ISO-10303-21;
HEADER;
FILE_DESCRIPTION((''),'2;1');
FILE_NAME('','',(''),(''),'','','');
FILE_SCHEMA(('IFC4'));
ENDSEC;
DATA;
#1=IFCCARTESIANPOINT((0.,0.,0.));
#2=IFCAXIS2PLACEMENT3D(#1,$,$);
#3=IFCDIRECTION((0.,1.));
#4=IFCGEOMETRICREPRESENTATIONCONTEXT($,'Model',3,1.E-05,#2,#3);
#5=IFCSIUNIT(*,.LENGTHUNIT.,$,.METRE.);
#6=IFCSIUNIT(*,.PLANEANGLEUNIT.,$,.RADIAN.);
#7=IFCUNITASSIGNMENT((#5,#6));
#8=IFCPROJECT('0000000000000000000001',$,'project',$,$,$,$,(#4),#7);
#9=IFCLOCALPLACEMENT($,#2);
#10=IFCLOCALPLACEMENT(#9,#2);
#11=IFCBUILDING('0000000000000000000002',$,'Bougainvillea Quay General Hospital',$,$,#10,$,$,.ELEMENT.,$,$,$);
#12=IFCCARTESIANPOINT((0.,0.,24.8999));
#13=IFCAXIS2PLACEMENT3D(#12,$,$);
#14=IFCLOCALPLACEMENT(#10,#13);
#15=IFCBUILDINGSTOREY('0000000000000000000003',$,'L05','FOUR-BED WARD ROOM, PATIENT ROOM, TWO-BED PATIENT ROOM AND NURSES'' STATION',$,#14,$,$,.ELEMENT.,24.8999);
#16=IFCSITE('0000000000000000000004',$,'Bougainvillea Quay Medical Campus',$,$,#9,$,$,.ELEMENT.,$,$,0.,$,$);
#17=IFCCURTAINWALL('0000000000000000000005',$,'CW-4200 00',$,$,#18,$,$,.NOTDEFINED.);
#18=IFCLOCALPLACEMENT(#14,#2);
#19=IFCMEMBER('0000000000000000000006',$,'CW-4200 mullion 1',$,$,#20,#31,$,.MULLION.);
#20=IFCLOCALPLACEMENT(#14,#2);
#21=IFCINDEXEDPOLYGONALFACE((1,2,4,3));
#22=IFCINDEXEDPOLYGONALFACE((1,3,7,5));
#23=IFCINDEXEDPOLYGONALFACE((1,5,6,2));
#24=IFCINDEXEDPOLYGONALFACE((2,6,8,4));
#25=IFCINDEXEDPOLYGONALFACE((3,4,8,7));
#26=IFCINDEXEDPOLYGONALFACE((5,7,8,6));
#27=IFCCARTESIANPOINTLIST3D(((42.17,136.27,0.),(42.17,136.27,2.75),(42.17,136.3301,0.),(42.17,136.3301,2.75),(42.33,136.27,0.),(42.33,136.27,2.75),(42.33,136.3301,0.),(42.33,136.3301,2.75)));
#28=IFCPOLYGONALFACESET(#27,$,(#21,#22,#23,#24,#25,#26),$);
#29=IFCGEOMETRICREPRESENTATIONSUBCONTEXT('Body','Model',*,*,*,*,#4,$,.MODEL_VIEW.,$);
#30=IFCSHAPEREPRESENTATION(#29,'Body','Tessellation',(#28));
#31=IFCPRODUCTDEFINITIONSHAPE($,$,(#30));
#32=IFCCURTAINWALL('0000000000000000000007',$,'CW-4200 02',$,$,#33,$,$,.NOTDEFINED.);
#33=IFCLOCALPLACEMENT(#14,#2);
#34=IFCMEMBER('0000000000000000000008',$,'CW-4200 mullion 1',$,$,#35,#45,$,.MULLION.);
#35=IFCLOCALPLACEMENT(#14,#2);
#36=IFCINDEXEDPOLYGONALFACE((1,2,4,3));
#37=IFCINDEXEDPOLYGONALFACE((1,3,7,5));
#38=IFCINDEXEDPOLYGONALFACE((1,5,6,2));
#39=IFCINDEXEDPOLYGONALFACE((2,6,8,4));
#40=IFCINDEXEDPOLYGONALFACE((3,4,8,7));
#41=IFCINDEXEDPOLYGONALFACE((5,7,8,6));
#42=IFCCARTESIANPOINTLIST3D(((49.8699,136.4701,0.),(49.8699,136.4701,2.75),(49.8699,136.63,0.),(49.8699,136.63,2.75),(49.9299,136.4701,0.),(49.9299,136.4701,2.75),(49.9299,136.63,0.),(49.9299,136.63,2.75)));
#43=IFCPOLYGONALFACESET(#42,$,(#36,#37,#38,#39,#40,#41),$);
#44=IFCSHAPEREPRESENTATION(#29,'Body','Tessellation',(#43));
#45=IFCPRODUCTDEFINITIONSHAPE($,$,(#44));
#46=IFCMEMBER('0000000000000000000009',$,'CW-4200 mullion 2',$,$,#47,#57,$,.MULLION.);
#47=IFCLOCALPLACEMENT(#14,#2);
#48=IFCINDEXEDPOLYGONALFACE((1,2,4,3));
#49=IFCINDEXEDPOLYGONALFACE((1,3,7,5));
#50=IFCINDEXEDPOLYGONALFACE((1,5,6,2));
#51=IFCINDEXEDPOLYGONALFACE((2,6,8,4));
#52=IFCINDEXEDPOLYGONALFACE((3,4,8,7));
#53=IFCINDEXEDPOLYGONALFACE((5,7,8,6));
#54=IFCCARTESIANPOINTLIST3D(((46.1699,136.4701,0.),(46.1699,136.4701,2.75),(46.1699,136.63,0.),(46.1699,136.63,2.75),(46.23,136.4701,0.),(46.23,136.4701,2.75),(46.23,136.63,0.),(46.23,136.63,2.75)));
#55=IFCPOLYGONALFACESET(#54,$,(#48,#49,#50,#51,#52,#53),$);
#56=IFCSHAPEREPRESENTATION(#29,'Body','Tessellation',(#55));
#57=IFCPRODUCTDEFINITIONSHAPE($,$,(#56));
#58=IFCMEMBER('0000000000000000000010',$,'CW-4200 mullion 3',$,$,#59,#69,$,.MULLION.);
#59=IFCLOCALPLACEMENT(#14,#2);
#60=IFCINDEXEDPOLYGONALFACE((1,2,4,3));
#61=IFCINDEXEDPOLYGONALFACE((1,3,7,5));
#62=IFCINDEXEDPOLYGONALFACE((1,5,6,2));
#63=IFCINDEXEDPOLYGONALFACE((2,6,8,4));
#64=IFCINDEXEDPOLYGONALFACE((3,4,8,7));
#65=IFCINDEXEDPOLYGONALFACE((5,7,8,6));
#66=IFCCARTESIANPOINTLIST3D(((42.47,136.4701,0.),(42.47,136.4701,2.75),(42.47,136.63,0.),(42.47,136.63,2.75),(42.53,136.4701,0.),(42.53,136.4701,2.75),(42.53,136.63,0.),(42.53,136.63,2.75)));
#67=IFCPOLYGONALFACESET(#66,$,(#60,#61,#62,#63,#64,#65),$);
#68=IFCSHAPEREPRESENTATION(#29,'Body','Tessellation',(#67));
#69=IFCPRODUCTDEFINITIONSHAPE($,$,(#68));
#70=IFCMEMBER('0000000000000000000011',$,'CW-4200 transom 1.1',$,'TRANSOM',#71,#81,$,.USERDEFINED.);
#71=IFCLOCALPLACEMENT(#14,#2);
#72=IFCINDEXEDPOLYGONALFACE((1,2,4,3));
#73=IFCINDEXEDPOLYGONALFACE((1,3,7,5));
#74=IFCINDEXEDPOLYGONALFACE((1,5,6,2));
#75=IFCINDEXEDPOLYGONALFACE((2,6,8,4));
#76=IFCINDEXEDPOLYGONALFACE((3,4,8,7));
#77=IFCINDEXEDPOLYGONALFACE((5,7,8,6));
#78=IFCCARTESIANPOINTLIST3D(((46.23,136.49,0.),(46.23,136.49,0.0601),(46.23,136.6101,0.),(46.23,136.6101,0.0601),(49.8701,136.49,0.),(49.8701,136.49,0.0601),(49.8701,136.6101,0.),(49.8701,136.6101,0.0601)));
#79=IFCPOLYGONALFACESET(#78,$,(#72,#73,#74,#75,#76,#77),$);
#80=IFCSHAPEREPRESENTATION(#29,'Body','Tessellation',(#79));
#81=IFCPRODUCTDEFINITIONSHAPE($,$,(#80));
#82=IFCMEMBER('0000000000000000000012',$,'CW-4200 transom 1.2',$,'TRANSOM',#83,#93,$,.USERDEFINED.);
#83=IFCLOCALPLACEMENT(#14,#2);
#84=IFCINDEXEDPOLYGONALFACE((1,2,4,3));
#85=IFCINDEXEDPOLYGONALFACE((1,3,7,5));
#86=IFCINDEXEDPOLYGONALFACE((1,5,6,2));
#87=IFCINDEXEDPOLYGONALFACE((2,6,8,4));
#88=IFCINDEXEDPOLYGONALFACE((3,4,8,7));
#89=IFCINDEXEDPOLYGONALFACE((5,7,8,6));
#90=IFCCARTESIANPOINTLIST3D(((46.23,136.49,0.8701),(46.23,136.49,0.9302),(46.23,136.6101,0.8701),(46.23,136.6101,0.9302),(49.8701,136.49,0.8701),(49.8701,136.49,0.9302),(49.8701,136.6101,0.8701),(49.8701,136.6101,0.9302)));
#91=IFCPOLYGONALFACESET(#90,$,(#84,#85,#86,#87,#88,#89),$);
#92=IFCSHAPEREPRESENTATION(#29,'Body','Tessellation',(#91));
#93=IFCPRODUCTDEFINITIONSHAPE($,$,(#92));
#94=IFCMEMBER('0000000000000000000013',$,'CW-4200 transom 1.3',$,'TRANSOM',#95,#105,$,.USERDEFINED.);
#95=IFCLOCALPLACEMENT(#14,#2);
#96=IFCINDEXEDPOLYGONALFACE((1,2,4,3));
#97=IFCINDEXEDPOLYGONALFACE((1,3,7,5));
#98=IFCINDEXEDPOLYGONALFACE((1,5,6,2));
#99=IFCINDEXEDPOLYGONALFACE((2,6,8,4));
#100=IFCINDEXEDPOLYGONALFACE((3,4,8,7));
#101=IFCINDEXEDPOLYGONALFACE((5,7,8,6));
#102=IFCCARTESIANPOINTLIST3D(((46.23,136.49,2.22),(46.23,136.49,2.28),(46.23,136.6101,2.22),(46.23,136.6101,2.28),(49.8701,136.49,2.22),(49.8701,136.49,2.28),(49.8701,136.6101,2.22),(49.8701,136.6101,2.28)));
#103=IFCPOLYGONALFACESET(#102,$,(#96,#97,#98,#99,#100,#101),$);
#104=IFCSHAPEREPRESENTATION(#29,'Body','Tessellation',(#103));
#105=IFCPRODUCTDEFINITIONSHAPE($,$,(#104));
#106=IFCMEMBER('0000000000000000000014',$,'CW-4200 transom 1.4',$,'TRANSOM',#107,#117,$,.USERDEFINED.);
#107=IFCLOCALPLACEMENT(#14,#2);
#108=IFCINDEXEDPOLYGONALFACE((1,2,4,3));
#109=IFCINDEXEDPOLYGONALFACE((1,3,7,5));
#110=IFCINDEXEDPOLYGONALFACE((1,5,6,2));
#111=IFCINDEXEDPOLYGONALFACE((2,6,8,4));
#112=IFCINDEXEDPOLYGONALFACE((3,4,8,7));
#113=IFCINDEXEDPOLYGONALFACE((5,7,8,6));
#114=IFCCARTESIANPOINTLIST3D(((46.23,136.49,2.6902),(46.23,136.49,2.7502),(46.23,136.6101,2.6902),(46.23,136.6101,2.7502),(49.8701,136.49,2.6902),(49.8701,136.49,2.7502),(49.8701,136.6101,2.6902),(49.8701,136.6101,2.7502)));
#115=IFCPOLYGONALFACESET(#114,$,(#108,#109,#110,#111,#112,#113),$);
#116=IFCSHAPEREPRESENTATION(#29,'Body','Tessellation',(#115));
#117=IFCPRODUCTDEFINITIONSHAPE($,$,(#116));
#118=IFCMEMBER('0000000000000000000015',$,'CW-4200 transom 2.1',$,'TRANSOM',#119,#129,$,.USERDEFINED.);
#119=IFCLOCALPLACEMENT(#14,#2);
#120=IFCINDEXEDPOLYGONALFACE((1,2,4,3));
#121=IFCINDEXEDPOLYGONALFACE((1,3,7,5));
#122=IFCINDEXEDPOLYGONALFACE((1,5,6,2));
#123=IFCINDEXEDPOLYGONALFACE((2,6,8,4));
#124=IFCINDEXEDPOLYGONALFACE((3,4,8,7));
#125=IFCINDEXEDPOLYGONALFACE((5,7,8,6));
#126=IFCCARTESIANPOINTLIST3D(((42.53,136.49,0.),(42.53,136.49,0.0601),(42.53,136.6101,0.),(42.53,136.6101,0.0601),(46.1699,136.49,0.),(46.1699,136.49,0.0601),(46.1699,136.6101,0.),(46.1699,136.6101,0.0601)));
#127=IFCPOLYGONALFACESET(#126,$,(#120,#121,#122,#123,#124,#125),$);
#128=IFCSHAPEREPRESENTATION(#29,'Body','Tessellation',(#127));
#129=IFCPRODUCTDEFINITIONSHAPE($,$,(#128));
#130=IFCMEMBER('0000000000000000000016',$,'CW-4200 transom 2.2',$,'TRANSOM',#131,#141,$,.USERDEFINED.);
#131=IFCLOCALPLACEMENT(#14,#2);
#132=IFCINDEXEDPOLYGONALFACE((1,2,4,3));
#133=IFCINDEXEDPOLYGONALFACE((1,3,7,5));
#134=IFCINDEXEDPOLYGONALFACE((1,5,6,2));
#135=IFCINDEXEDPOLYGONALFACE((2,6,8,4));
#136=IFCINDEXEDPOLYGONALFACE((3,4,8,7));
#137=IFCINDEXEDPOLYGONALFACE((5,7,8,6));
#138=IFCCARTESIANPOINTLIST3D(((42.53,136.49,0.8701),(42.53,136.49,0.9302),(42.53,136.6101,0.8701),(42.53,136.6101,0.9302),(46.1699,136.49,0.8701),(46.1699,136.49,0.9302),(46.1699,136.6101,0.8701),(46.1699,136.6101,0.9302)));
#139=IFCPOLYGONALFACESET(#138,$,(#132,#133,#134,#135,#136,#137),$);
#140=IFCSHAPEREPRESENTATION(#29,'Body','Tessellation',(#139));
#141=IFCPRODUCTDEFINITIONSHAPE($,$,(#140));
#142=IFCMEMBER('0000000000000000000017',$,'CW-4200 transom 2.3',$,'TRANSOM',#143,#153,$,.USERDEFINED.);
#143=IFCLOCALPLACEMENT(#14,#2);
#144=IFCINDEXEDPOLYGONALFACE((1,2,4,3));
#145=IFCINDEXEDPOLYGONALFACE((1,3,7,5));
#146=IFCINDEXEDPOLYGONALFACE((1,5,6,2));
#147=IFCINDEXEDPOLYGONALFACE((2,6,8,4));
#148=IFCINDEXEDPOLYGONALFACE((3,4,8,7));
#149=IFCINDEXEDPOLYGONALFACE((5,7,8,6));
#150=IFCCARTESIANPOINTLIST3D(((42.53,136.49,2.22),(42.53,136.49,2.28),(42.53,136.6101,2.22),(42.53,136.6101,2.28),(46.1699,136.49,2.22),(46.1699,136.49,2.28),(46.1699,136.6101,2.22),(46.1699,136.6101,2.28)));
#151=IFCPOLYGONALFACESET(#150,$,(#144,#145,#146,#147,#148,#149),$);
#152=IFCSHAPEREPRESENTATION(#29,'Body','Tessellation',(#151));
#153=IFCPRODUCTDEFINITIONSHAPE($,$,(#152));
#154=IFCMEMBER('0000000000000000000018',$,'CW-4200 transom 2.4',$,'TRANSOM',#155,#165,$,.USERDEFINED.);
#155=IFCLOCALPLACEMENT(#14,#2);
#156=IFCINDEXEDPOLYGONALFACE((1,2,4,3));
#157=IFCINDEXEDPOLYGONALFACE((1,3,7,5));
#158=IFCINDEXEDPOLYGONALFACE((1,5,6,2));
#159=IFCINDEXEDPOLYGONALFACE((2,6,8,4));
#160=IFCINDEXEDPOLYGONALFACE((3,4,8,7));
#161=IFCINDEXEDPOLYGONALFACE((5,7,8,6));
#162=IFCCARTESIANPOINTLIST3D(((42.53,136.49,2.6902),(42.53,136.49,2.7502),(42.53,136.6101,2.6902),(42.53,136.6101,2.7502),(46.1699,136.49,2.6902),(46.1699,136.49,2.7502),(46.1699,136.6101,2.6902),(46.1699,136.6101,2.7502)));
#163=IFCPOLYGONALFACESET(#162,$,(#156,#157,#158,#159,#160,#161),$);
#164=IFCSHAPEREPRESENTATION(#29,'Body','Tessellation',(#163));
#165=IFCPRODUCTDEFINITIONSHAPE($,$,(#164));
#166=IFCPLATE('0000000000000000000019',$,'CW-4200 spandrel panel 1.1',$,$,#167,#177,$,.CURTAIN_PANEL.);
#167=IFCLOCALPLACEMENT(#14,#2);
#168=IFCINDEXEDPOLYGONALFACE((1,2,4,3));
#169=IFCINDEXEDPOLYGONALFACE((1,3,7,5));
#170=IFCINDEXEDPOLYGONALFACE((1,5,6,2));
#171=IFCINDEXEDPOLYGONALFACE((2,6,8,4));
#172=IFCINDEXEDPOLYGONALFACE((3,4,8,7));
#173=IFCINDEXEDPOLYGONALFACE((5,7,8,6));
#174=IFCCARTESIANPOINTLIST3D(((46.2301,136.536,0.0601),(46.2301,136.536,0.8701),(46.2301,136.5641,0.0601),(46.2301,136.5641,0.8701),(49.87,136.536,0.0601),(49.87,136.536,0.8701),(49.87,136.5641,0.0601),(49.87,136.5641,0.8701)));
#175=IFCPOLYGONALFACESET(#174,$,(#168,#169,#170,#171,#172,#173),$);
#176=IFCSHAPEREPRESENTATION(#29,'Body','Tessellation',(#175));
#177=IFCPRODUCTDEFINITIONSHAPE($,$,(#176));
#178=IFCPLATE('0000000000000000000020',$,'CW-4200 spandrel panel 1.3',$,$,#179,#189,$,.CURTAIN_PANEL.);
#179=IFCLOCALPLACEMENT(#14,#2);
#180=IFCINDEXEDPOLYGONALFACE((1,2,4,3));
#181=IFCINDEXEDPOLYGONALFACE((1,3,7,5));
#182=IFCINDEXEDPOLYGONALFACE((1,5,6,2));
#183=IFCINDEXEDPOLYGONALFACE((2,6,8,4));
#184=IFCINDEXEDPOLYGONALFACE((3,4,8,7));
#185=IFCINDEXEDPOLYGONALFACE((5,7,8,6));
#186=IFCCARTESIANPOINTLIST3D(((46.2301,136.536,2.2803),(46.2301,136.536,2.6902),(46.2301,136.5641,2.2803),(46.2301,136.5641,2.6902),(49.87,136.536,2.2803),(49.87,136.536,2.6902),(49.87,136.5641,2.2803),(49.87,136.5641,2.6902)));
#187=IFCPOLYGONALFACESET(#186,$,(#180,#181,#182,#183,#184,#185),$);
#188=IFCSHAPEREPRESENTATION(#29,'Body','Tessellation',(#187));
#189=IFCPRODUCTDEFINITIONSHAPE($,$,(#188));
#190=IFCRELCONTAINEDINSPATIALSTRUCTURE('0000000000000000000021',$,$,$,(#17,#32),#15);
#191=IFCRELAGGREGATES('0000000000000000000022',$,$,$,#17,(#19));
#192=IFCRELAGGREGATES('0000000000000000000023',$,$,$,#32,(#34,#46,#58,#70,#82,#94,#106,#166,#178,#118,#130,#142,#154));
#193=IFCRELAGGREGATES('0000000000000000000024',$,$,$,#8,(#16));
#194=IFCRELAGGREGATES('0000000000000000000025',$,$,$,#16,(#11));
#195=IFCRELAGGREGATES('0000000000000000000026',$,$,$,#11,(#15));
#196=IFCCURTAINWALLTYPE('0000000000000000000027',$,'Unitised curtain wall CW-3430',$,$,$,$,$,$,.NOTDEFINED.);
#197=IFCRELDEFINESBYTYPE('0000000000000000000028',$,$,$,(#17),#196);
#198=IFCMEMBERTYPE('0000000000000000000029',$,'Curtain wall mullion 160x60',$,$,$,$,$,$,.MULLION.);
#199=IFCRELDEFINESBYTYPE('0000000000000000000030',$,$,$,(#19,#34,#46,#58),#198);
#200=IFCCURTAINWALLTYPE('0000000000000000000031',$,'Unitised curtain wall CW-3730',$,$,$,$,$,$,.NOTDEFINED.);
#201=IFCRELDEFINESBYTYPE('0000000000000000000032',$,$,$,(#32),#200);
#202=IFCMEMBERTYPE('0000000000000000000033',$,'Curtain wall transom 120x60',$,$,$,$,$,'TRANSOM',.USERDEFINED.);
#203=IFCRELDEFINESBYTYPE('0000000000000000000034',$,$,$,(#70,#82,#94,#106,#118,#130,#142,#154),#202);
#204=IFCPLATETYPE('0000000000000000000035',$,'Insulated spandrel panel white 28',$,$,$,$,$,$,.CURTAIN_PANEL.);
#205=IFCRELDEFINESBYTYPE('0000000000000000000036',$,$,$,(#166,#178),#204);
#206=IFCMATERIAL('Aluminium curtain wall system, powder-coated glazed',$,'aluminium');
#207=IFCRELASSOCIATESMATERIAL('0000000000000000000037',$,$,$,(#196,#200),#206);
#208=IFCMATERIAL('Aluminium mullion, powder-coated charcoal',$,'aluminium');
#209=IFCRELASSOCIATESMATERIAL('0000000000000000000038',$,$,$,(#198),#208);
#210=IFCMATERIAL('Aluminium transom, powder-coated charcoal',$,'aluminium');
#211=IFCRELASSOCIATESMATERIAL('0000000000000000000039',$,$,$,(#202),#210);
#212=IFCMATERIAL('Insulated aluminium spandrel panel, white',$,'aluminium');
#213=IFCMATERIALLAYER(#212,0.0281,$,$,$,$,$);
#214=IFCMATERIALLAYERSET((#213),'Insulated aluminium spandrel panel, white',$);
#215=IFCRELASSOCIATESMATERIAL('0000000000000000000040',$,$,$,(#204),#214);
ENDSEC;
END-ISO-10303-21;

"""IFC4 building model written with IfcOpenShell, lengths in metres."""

from ifc_helpers import new_model, si_unit, direction, frame, origin, origin_2d, place, context, subcontext, project, spatial, rectangle, extrude, material, layer, layer_set, material_profile, profile_set, type_object, element, aggregate, save


model = new_model("IFC4")

# Units and contexts
model_context = context("Model", 3, precision=1e-05, world=origin(), true_north=direction((0.0, 1.0)))
body_context = subcontext(model_context, "Body", "Model", "MODEL_VIEW")
ifc_project = project(units=[si_unit("LENGTHUNIT", "METRE"), si_unit("PLANEANGLEUNIT", "RADIAN")], contexts=[model_context])

# Site, building, storey
site_placement = place(None, origin())
site = spatial("IfcSite", under=ifc_project, at=site_placement, Name="Bougainvillea Quay Medical Campus", CompositionType="ELEMENT", RefElevation=0.0)
building_placement = place(site_placement, origin())
building = spatial("IfcBuilding", under=site, at=building_placement, Name="Bougainvillea Quay General Hospital", CompositionType="ELEMENT")
storey_placement = place(building_placement, frame((0.0, 0.0, 24.8999)))
storey = spatial("IfcBuildingStorey", under=building, at=storey_placement, Name="L05", Description="FOUR-BED WARD ROOM, PATIENT ROOM, TWO-BED PATIENT ROOM AND NURSES' STATION", CompositionType="ELEMENT", Elevation=24.8999)

# Curtain wall, member
ifc_material_1 = material(Name="Aluminium curtain wall system, powder-coated glazed", Category="aluminium")
curtain_wall_type_1 = type_object("IfcCurtainWallType", Name="Unitised curtain wall CW-3430", PredefinedType="NOTDEFINED", material=ifc_material_1)
curtain_wall_1_placement = place(storey_placement, origin())
curtain_wall_1 = element("IfcCurtainWall", 1, at=curtain_wall_1_placement, inside=storey, type_object=curtain_wall_type_1, Name="CW-4200 00", PredefinedType="NOTDEFINED")
ifc_material_2 = material(Name="Aluminium mullion, powder-coated charcoal", Category="aluminium")
ifc_material_profile_1 = material_profile(ifc_material_2, rectangle(XDim=0.1599, YDim=0.0601, at=origin_2d()))
ifc_profile_set_1 = profile_set([ifc_material_profile_1], Name="Aluminium mullion, powder-coated charcoal")
member_type_1 = type_object("IfcMemberType", Name="Curtain wall mullion 160x60", PredefinedType="MULLION", material=ifc_profile_set_1)
member_1_placement = place(storey_placement, frame((42.25, 136.3, 0.0), z_axis=(0.0, 0.0, 1.0), x_axis=(1.0, 0.0, 0.0)))
member_1 = element("IfcMember", 2, at=member_1_placement, type_object=member_type_1, Name="CW-4200 mullion 1", PredefinedType="MULLION", context=body_context, shape_type="SweptSolid", body=[
    extrude(rectangle(XDim=0.1599, YDim=0.0601, at=origin_2d()), origin(), (0.0, 0.0, 1.0), 2.75),
])
aggregate(curtain_wall_1, [member_1])

# Curtain wall, members, plates
curtain_wall_type_2 = type_object("IfcCurtainWallType", Name="Unitised curtain wall CW-3730", PredefinedType="NOTDEFINED", material=ifc_material_1)
curtain_wall_2_placement = place(storey_placement, origin())
curtain_wall_2 = element("IfcCurtainWall", 3, at=curtain_wall_2_placement, inside=storey, type_object=curtain_wall_type_2, Name="CW-4200 02", PredefinedType="NOTDEFINED")
member_2_placement = place(storey_placement, frame((49.8999, 136.55, 0.0), z_axis=(0.0, 0.0, 1.0), x_axis=(0.0, -1.0, 0.0)))
member_2 = element("IfcMember", 4, at=member_2_placement, type_object=member_type_1, Name="CW-4200 mullion 1", PredefinedType="MULLION", context=body_context, shape_type="SweptSolid", body=[
    extrude(rectangle(XDim=0.1599, YDim=0.0601, at=origin_2d()), origin(), (0.0, 0.0, 1.0), 2.75),
])
member_3_placement = place(storey_placement, frame((46.2, 136.55, 0.0), z_axis=(0.0, 0.0, 1.0), x_axis=(0.0, -1.0, 0.0)))
member_3 = element("IfcMember", 5, at=member_3_placement, type_object=member_type_1, Name="CW-4200 mullion 2", PredefinedType="MULLION", context=body_context, shape_type="SweptSolid", body=[
    extrude(rectangle(XDim=0.1599, YDim=0.0601, at=origin_2d()), origin(), (0.0, 0.0, 1.0), 2.75),
])
member_4_placement = place(storey_placement, frame((42.5, 136.55, 0.0), z_axis=(0.0, 0.0, 1.0), x_axis=(0.0, -1.0, 0.0)))
member_4 = element("IfcMember", 6, at=member_4_placement, type_object=member_type_1, Name="CW-4200 mullion 3", PredefinedType="MULLION", context=body_context, shape_type="SweptSolid", body=[
    extrude(rectangle(XDim=0.1599, YDim=0.0601, at=origin_2d()), origin(), (0.0, 0.0, 1.0), 2.75),
])
ifc_material_3 = material(Name="Aluminium transom, powder-coated charcoal", Category="aluminium")
ifc_material_profile_2 = material_profile(ifc_material_3, rectangle(XDim=0.1201, YDim=0.0601, at=origin_2d()))
ifc_profile_set_2 = profile_set([ifc_material_profile_2], Name="Aluminium transom, powder-coated charcoal")
member_type_2 = type_object("IfcMemberType", Name="Curtain wall transom 120x60", ElementType="TRANSOM", PredefinedType="USERDEFINED", material=ifc_profile_set_2)
member_5_placement = place(storey_placement, frame((49.8701, 136.55, 0.03), z_axis=(-1.0, 0.0, 0.0), x_axis=(0.0, -1.0, 0.0)))
member_5 = element("IfcMember", 7, at=member_5_placement, type_object=member_type_2, Name="CW-4200 transom 1.1", ObjectType="TRANSOM", PredefinedType="USERDEFINED", context=body_context, shape_type="SweptSolid", body=[
    extrude(rectangle(XDim=0.1201, YDim=0.0601, at=origin_2d()), origin(), (0.0, 0.0, 1.0), 3.6401),
])
member_6_placement = place(storey_placement, frame((49.8701, 136.55, 0.9001), z_axis=(-1.0, 0.0, 0.0), x_axis=(0.0, -1.0, 0.0)))
member_6 = element("IfcMember", 8, at=member_6_placement, type_object=member_type_2, Name="CW-4200 transom 1.2", ObjectType="TRANSOM", PredefinedType="USERDEFINED", context=body_context, shape_type="SweptSolid", body=[
    extrude(rectangle(XDim=0.1201, YDim=0.0601, at=origin_2d()), origin(), (0.0, 0.0, 1.0), 3.6401),
])
member_7_placement = place(storey_placement, frame((49.8701, 136.55, 2.25), z_axis=(-1.0, 0.0, 0.0), x_axis=(0.0, -1.0, 0.0)))
member_7 = element("IfcMember", 9, at=member_7_placement, type_object=member_type_2, Name="CW-4200 transom 1.3", ObjectType="TRANSOM", PredefinedType="USERDEFINED", context=body_context, shape_type="SweptSolid", body=[
    extrude(rectangle(XDim=0.1201, YDim=0.0601, at=origin_2d()), origin(), (0.0, 0.0, 1.0), 3.6401),
])
member_8_placement = place(storey_placement, frame((49.8701, 136.55, 2.7202), z_axis=(-1.0, 0.0, 0.0), x_axis=(0.0, -1.0, 0.0)))
member_8 = element("IfcMember", 10, at=member_8_placement, type_object=member_type_2, Name="CW-4200 transom 1.4", ObjectType="TRANSOM", PredefinedType="USERDEFINED", context=body_context, shape_type="SweptSolid", body=[
    extrude(rectangle(XDim=0.1201, YDim=0.0601, at=origin_2d()), origin(), (0.0, 0.0, 1.0), 3.6401),
])
member_9_placement = place(storey_placement, frame((46.1699, 136.55, 0.03), z_axis=(-1.0, 0.0, 0.0), x_axis=(0.0, -1.0, 0.0)))
member_9 = element("IfcMember", 11, at=member_9_placement, type_object=member_type_2, Name="CW-4200 transom 2.1", ObjectType="TRANSOM", PredefinedType="USERDEFINED", context=body_context, shape_type="SweptSolid", body=[
    extrude(rectangle(XDim=0.1201, YDim=0.0601, at=origin_2d()), origin(), (0.0, 0.0, 1.0), 3.6399),
])
member_10_placement = place(storey_placement, frame((46.1699, 136.55, 0.9001), z_axis=(-1.0, 0.0, 0.0), x_axis=(0.0, -1.0, 0.0)))
member_10 = element("IfcMember", 12, at=member_10_placement, type_object=member_type_2, Name="CW-4200 transom 2.2", ObjectType="TRANSOM", PredefinedType="USERDEFINED", context=body_context, shape_type="SweptSolid", body=[
    extrude(rectangle(XDim=0.1201, YDim=0.0601, at=origin_2d()), origin(), (0.0, 0.0, 1.0), 3.6399),
])
member_11_placement = place(storey_placement, frame((46.1699, 136.55, 2.25), z_axis=(-1.0, 0.0, 0.0), x_axis=(0.0, -1.0, 0.0)))
member_11 = element("IfcMember", 13, at=member_11_placement, type_object=member_type_2, Name="CW-4200 transom 2.3", ObjectType="TRANSOM", PredefinedType="USERDEFINED", context=body_context, shape_type="SweptSolid", body=[
    extrude(rectangle(XDim=0.1201, YDim=0.0601, at=origin_2d()), origin(), (0.0, 0.0, 1.0), 3.6399),
])
member_12_placement = place(storey_placement, frame((46.1699, 136.55, 2.7202), z_axis=(-1.0, 0.0, 0.0), x_axis=(0.0, -1.0, 0.0)))
member_12 = element("IfcMember", 14, at=member_12_placement, type_object=member_type_2, Name="CW-4200 transom 2.4", ObjectType="TRANSOM", PredefinedType="USERDEFINED", context=body_context, shape_type="SweptSolid", body=[
    extrude(rectangle(XDim=0.1201, YDim=0.0601, at=origin_2d()), origin(), (0.0, 0.0, 1.0), 3.6399),
])
ifc_material_4 = material(Name="Insulated aluminium spandrel panel, white", Category="aluminium")
ifc_layer_1 = layer(ifc_material_4, 0.0281)
ifc_layer_set_1 = layer_set([ifc_layer_1], Name="Insulated aluminium spandrel panel, white")
plate_type_1 = type_object("IfcPlateType", Name="Insulated spandrel panel white 28", PredefinedType="CURTAIN_PANEL", material=ifc_layer_set_1)
plate_1_placement = place(storey_placement, frame((48.05, 136.55, 0.0601), z_axis=(0.0, 0.0, 1.0), x_axis=(-1.0, 0.0, 0.0)))
plate_1 = element("IfcPlate", 15, at=plate_1_placement, type_object=plate_type_1, Name="CW-4200 spandrel panel 1.1", PredefinedType="CURTAIN_PANEL", context=body_context, shape_type="SweptSolid", body=[
    extrude(rectangle(XDim=3.6399, YDim=0.0281, at=origin_2d()), origin(), (0.0, 0.0, 1.0), 0.8101),
])
plate_2_placement = place(storey_placement, frame((48.05, 136.55, 2.2803), z_axis=(0.0, 0.0, 1.0), x_axis=(-1.0, 0.0, 0.0)))
plate_2 = element("IfcPlate", 16, at=plate_2_placement, type_object=plate_type_1, Name="CW-4200 spandrel panel 1.3", PredefinedType="CURTAIN_PANEL", context=body_context, shape_type="SweptSolid", body=[
    extrude(rectangle(XDim=3.6399, YDim=0.0281, at=origin_2d()), origin(), (0.0, 0.0, 1.0), 0.4099),
])
aggregate(curtain_wall_2, [member_2, member_3, member_4, member_5, member_6, member_7, member_8, plate_1, plate_2, member_9, member_10, member_11, member_12])

save(model, "model.ifc")
